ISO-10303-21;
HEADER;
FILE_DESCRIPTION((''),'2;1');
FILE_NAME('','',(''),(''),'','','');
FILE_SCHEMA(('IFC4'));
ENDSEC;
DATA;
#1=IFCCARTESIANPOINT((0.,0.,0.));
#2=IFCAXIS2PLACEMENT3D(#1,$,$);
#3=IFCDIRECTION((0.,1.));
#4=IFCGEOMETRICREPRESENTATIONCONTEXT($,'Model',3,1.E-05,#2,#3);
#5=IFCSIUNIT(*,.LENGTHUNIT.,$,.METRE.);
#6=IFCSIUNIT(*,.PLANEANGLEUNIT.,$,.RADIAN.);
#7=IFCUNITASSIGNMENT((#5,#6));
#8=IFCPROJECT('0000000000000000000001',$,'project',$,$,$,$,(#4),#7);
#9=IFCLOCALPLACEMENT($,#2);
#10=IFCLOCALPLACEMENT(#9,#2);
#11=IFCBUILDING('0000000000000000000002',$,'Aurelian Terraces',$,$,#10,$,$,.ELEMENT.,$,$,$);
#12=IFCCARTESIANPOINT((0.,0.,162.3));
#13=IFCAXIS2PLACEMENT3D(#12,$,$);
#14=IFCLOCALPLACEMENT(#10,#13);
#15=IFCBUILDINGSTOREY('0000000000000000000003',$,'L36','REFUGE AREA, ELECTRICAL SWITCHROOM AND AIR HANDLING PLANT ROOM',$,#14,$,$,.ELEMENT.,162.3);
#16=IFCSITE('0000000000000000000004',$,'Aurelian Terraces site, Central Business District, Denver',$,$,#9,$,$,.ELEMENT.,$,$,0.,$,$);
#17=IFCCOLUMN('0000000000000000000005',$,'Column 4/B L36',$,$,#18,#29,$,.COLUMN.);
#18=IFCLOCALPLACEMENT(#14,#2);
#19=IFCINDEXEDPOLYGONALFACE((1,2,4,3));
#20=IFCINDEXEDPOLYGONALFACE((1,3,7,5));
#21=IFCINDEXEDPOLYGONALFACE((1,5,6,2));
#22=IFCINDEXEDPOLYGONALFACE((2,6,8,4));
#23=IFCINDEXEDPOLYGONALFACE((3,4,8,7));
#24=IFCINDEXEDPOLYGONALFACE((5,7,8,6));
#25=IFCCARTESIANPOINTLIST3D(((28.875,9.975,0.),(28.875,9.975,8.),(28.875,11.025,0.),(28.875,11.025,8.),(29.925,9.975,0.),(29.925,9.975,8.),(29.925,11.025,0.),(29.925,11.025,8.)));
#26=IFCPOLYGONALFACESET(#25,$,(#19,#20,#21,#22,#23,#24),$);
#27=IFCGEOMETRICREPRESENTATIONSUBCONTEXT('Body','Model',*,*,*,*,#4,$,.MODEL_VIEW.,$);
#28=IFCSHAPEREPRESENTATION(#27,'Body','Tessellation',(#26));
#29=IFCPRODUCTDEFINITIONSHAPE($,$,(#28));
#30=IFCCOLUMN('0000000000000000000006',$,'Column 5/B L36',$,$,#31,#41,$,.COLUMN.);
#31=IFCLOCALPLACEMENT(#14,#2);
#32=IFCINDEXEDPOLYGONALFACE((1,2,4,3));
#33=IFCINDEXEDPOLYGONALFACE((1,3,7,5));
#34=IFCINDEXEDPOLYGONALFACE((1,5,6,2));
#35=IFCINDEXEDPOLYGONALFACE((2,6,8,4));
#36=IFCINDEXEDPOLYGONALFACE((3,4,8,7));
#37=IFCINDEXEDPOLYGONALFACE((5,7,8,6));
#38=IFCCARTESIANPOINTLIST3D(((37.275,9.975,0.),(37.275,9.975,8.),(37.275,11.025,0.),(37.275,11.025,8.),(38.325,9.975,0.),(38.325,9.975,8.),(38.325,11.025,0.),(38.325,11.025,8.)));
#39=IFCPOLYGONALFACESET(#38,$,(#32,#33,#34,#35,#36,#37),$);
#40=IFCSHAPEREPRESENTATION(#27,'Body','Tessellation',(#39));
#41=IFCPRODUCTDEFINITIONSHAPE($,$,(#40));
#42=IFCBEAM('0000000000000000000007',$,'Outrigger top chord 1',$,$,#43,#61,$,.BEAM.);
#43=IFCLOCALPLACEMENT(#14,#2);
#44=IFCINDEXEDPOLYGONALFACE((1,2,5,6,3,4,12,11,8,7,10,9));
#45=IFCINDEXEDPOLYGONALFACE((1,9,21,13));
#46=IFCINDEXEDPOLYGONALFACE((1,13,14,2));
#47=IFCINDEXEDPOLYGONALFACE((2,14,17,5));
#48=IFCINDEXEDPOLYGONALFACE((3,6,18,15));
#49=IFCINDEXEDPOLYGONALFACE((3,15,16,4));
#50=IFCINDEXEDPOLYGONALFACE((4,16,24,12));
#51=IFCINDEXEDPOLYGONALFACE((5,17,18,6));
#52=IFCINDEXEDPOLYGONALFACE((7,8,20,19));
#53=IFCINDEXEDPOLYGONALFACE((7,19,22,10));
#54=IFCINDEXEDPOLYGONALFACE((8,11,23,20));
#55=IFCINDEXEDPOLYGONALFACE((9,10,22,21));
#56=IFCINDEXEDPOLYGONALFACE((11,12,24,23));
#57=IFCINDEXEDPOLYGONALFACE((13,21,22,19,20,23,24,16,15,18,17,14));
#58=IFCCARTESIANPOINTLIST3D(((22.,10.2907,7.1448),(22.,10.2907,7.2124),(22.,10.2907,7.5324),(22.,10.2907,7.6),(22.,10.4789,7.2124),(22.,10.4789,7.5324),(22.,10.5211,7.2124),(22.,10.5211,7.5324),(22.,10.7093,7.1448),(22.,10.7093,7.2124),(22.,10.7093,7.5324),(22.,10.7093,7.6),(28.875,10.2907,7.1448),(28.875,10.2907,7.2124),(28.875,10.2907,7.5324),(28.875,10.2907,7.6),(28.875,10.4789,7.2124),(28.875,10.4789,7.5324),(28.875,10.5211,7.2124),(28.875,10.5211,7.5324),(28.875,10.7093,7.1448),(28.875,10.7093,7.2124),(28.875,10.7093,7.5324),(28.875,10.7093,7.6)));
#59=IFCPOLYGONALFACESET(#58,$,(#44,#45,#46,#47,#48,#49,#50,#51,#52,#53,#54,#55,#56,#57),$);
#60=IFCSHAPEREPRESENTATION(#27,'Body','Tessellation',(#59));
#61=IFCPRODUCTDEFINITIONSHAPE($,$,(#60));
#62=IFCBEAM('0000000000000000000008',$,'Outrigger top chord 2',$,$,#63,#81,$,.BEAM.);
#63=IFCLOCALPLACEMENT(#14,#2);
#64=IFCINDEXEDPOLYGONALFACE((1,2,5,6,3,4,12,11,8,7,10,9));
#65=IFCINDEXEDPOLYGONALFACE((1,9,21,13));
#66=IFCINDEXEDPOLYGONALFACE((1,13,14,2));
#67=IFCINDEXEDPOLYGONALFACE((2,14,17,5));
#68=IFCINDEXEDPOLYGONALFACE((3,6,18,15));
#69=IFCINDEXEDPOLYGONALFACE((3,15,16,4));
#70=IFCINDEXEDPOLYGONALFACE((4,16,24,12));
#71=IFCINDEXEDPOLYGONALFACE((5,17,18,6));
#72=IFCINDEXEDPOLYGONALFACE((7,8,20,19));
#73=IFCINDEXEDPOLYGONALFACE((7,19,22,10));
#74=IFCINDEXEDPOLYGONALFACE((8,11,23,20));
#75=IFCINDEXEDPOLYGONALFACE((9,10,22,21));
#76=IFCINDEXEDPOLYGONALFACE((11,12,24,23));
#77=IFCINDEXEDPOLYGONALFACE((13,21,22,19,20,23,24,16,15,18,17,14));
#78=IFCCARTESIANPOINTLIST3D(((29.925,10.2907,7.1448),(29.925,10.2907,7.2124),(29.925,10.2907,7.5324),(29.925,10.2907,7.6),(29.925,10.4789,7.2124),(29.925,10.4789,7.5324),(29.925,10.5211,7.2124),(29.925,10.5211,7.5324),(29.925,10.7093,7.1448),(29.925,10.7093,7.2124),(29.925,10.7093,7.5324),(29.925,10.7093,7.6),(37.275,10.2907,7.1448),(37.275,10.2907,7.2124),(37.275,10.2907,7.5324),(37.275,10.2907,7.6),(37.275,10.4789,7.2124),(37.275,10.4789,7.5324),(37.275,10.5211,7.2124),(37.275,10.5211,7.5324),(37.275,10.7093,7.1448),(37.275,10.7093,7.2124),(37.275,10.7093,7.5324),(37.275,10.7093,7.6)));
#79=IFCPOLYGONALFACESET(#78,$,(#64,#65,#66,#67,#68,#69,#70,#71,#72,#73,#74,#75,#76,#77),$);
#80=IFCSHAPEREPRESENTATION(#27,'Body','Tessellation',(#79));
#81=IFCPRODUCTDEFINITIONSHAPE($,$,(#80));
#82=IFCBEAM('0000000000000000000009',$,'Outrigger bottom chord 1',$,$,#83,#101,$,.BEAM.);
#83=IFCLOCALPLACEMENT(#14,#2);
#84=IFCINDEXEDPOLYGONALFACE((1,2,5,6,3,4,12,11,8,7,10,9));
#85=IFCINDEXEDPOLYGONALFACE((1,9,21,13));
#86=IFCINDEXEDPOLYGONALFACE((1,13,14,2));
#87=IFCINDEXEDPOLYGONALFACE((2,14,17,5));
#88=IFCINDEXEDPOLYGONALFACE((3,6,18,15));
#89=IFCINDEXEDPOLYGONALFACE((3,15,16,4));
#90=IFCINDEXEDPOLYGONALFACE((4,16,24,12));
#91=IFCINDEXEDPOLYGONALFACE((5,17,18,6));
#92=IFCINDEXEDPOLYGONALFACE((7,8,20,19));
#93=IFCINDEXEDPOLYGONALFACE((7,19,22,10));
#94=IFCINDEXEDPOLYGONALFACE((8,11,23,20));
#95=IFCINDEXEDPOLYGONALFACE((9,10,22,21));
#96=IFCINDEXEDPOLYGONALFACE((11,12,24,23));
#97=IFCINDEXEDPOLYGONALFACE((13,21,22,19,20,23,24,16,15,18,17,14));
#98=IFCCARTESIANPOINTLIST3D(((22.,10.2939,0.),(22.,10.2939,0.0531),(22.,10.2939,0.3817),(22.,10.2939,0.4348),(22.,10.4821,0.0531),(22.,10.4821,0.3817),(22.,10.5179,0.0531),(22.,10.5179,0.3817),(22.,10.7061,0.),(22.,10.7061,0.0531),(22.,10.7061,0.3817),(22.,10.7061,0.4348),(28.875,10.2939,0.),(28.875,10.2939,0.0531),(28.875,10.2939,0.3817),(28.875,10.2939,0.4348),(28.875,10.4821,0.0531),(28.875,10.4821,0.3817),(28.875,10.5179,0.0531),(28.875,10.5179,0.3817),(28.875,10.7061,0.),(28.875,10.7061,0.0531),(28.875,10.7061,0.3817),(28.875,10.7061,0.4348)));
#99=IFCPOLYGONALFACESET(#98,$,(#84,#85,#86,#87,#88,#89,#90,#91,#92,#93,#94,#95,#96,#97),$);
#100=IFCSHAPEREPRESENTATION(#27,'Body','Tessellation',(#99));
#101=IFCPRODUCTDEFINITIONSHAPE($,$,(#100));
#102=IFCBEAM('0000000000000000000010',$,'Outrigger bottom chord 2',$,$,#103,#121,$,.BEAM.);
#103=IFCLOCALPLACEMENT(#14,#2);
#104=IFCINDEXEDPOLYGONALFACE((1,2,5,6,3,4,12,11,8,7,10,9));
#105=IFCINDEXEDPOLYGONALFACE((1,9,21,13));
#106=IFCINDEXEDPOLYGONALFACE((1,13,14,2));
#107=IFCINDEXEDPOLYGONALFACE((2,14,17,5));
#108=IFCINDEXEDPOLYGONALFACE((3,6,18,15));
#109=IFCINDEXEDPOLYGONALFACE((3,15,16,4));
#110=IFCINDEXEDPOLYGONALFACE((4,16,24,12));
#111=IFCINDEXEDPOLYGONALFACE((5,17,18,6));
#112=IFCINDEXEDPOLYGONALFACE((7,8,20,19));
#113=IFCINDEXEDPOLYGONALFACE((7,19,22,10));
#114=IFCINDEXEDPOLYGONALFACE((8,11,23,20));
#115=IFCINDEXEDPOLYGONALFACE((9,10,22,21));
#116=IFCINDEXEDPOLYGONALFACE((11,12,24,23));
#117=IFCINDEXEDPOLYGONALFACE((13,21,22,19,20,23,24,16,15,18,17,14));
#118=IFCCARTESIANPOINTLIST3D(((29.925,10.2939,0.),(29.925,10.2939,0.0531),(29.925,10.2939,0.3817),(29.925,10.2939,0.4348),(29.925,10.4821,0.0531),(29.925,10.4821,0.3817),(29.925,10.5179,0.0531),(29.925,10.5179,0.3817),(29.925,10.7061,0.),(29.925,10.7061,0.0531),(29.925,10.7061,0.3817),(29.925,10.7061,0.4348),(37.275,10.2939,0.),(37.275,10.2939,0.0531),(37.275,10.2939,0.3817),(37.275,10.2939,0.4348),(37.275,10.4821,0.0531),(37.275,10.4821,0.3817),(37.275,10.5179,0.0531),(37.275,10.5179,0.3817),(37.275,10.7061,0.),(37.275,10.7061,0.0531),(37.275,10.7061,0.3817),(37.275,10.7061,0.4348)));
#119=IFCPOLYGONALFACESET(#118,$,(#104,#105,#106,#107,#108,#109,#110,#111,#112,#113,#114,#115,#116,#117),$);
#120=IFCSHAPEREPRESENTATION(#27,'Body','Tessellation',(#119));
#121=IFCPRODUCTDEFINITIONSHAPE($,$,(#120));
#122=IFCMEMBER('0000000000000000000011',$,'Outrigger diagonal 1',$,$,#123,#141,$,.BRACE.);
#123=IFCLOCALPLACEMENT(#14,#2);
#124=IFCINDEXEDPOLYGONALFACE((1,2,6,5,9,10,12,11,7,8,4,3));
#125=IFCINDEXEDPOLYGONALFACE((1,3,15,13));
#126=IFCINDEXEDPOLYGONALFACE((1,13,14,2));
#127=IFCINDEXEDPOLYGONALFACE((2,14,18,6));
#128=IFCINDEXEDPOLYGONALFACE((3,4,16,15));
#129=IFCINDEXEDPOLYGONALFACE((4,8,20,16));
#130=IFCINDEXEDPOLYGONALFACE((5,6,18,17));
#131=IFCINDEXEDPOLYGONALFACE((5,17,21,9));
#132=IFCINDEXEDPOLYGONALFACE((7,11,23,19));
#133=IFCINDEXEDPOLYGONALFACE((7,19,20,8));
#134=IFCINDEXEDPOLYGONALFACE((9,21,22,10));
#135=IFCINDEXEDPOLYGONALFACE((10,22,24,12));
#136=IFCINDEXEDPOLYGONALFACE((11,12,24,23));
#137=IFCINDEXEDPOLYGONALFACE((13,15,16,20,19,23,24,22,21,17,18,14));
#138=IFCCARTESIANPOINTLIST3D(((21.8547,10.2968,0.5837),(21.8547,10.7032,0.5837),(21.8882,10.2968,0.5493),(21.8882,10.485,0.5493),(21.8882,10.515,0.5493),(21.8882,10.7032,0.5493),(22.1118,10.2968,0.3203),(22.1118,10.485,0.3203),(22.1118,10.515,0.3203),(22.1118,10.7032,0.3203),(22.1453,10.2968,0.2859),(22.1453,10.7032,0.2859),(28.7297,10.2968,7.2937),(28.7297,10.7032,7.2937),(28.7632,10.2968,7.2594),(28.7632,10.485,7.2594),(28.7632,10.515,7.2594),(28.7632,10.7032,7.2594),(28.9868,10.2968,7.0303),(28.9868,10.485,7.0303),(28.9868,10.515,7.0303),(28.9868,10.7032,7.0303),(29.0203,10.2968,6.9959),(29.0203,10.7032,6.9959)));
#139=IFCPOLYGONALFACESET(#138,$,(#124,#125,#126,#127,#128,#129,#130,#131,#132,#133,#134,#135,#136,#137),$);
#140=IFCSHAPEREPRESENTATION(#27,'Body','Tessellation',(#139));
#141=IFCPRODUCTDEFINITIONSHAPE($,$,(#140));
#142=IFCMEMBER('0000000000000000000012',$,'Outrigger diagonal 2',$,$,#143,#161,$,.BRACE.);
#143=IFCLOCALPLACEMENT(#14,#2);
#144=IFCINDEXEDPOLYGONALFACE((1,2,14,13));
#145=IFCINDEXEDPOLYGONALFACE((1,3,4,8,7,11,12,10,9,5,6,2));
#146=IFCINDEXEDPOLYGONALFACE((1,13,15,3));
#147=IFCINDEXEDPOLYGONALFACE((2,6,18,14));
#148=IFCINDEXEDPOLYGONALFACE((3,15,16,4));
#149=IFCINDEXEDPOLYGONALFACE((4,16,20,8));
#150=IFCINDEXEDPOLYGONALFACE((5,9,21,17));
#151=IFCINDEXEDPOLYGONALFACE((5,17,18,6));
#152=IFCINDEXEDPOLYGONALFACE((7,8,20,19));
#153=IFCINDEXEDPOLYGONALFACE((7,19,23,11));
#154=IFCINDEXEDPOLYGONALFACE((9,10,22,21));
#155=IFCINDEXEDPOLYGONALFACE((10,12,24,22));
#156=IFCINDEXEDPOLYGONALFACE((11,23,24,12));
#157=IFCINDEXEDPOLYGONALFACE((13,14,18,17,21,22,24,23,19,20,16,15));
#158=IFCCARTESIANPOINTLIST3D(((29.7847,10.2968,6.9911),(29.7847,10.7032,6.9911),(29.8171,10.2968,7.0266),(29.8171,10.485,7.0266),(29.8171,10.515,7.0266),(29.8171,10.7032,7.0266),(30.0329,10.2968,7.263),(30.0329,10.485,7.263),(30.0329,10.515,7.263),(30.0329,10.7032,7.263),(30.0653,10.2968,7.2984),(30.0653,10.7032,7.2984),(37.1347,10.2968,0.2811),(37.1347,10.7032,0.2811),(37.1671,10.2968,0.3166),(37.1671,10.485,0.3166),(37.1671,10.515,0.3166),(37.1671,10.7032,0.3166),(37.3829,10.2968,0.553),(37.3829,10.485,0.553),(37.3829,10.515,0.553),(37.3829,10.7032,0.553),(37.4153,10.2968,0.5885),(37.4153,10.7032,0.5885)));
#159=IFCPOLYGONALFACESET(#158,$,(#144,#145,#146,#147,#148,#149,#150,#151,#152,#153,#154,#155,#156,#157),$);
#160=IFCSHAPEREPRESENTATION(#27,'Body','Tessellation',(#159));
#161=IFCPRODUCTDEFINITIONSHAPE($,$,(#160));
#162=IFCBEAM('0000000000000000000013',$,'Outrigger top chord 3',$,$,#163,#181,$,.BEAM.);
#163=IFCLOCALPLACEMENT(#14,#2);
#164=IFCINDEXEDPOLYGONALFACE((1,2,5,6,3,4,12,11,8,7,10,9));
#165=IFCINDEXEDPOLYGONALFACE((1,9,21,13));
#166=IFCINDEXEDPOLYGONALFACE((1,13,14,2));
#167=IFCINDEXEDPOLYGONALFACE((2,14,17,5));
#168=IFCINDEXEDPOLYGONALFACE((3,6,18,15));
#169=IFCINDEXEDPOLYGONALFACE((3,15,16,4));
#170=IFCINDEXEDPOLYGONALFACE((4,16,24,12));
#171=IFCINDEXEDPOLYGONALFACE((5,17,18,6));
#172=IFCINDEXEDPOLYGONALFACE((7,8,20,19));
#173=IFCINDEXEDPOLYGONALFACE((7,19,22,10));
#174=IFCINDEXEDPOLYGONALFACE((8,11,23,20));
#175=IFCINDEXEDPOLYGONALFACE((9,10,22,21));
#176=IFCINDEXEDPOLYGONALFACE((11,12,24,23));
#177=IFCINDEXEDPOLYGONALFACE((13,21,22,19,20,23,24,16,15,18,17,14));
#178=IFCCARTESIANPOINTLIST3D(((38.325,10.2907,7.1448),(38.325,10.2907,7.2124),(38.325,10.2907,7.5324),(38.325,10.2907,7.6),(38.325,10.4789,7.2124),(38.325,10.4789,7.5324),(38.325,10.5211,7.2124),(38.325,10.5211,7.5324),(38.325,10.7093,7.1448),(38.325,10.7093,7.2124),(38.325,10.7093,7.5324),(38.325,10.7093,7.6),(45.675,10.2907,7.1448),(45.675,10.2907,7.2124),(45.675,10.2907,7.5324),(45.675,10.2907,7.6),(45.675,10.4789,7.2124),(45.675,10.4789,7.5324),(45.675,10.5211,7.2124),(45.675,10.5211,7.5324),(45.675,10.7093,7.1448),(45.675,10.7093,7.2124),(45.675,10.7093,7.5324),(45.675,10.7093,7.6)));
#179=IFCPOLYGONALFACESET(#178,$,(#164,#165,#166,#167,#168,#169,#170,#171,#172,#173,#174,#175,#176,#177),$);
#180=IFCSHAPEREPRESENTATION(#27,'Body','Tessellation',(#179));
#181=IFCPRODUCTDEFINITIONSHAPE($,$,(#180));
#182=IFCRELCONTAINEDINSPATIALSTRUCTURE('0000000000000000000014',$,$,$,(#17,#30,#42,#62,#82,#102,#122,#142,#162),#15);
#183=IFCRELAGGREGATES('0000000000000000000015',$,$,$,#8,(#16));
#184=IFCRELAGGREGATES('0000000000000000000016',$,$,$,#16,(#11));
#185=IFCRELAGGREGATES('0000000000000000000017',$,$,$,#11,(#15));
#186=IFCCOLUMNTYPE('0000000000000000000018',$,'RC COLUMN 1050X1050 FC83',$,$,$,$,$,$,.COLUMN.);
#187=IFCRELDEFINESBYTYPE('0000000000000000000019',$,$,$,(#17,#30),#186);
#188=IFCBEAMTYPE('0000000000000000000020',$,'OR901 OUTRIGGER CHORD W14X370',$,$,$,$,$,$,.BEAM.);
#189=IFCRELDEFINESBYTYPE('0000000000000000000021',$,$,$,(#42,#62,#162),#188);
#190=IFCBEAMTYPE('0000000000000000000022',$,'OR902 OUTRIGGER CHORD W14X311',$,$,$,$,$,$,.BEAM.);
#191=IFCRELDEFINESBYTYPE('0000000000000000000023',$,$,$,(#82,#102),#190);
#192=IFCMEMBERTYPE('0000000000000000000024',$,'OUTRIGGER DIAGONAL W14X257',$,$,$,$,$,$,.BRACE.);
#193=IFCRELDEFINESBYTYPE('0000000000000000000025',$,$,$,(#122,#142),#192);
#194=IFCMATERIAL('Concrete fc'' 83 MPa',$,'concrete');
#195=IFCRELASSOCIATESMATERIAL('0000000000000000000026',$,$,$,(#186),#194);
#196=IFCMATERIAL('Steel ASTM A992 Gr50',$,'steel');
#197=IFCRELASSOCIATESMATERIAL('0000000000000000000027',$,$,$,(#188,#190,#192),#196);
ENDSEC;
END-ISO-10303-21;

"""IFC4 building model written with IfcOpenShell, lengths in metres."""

from ifc_helpers import new_model, si_unit, direction, frame, origin, origin_2d, place, context, subcontext, project, spatial, rectangle, i_section, extrude, source, transform, mapped, material, material_profile, profile_set, type_object, element, save


model = new_model("IFC4")

# Units and contexts
model_context = context("Model", 3, precision=1e-05, world=origin(), true_north=direction((0.0, 1.0)))
body_context = subcontext(model_context, "Body", "Model", "MODEL_VIEW")
ifc_project = project(units=[si_unit("LENGTHUNIT", "METRE"), si_unit("PLANEANGLEUNIT", "RADIAN")], contexts=[model_context])

# Site, building, storey
site_placement = place(None, origin())
site = spatial("IfcSite", under=ifc_project, at=site_placement, Name="Aurelian Terraces site, Central Business District, Denver", CompositionType="ELEMENT", RefElevation=0.0)
building_placement = place(site_placement, origin())
building = spatial("IfcBuilding", under=site, at=building_placement, Name="Aurelian Terraces", CompositionType="ELEMENT")
storey_placement = place(building_placement, frame((0.0, 0.0, 162.3)))
storey = spatial("IfcBuildingStorey", under=building, at=storey_placement, Name="L36", Description="REFUGE AREA, ELECTRICAL SWITCHROOM AND AIR HANDLING PLANT ROOM", CompositionType="ELEMENT", Elevation=162.3)

# Columns
ifc_material_1 = material(Name="Concrete fc' 83 MPa", Category="concrete")
ifc_material_profile_1 = material_profile(ifc_material_1, rectangle(XDim=1.05, YDim=1.05, at=origin_2d()))
ifc_profile_set_1 = profile_set([ifc_material_profile_1], Name="Concrete fc' 83 MPa")
column_type = type_object("IfcColumnType", Name="RC COLUMN 1050X1050 FC83", PredefinedType="COLUMN", material=ifc_profile_set_1)
shared_shape_1 = source(origin(), body_context, "Body", "SweptSolid", [
    extrude(rectangle(XDim=1.05, YDim=1.05, at=origin_2d()), origin(), (0.0, 0.0, 1.0), 8.0),
])
for number, where, z_axis, x_axis, name in (
    (1, (29.4, 10.5, 0.0), (0.0, 0.0, 1.0), (1.0, 0.0, 0.0), "Column 4/B L36"),
    (2, (37.8, 10.5, 0.0), (0.0, 0.0, 1.0), (1.0, 0.0, 0.0), "Column 5/B L36"),
):
    element("IfcColumn", number, at=place(storey_placement, frame(where, z_axis=z_axis, x_axis=x_axis)), inside=storey, type_object=column_type, Name=name, PredefinedType="COLUMN", context=body_context, shape_type="MappedRepresentation", body=[
        mapped(shared_shape_1, transform((0.0, 0.0, 0.0), scale=1.0)),
    ])

# Beams
ifc_material_2 = material(Name="Steel ASTM A992 Gr50", Category="steel")
ifc_material_profile_2 = material_profile(ifc_material_2, i_section(OverallWidth=0.4185, OverallDepth=0.4552, WebThickness=0.0422, FlangeThickness=0.0676, at=origin_2d()))
ifc_profile_set_2 = profile_set([ifc_material_profile_2], Name="Steel ASTM A992 Gr50")
beam_type_1 = type_object("IfcBeamType", Name="OR901 OUTRIGGER CHORD W14X370", PredefinedType="BEAM", material=ifc_profile_set_2)
beam_1_placement = place(storey_placement, frame((22.0, 10.5, 7.3724), z_axis=(1.0, 0.0, 0.0), x_axis=(0.0, 1.0, 0.0)))
element("IfcBeam", 3, at=beam_1_placement, inside=storey, type_object=beam_type_1, Name="Outrigger top chord 1", PredefinedType="BEAM", context=body_context, shape_type="SweptSolid", body=[
    extrude(i_section(OverallWidth=0.4185, OverallDepth=0.4552, WebThickness=0.0422, FlangeThickness=0.0676, at=origin_2d()), origin(), (0.0, 0.0, 1.0), 6.875),
])
beam_2_placement = place(storey_placement, frame((29.925, 10.5, 7.3724), z_axis=(1.0, 0.0, 0.0), x_axis=(0.0, 1.0, 0.0)))
element("IfcBeam", 4, at=beam_2_placement, inside=storey, type_object=beam_type_1, Name="Outrigger top chord 2", PredefinedType="BEAM", context=body_context, shape_type="SweptSolid", body=[
    extrude(i_section(OverallWidth=0.4185, OverallDepth=0.4552, WebThickness=0.0422, FlangeThickness=0.0676, at=origin_2d()), origin(), (0.0, 0.0, 1.0), 7.35),
])
ifc_material_profile_3 = material_profile(ifc_material_2, i_section(OverallWidth=0.4122, OverallDepth=0.4348, WebThickness=0.0358, FlangeThickness=0.0531, at=origin_2d()))
ifc_profile_set_3 = profile_set([ifc_material_profile_3], Name="Steel ASTM A992 Gr50")
beam_type_2 = type_object("IfcBeamType", Name="OR902 OUTRIGGER CHORD W14X311", PredefinedType="BEAM", material=ifc_profile_set_3)
beam_3_placement = place(storey_placement, frame((22.0, 10.5, 0.2174), z_axis=(1.0, 0.0, 0.0), x_axis=(0.0, 1.0, 0.0)))
element("IfcBeam", 5, at=beam_3_placement, inside=storey, type_object=beam_type_2, Name="Outrigger bottom chord 1", PredefinedType="BEAM", context=body_context, shape_type="SweptSolid", body=[
    extrude(i_section(OverallWidth=0.4122, OverallDepth=0.4348, WebThickness=0.0358, FlangeThickness=0.0531, at=origin_2d()), origin(), (0.0, 0.0, 1.0), 6.875),
])
beam_4_placement = place(storey_placement, frame((29.925, 10.5, 0.2174), z_axis=(1.0, 0.0, 0.0), x_axis=(0.0, 1.0, 0.0)))
element("IfcBeam", 6, at=beam_4_placement, inside=storey, type_object=beam_type_2, Name="Outrigger bottom chord 2", PredefinedType="BEAM", context=body_context, shape_type="SweptSolid", body=[
    extrude(i_section(OverallWidth=0.4122, OverallDepth=0.4348, WebThickness=0.0358, FlangeThickness=0.0531, at=origin_2d()), origin(), (0.0, 0.0, 1.0), 7.35),
])

# Members
ifc_material_profile_4 = material_profile(ifc_material_2, i_section(OverallWidth=0.4063, OverallDepth=0.4161, WebThickness=0.03, FlangeThickness=0.048, at=origin_2d()))
ifc_profile_set_4 = profile_set([ifc_material_profile_4], Name="Steel ASTM A992 Gr50")
member_type = type_object("IfcMemberType", Name="OUTRIGGER DIAGONAL W14X257", PredefinedType="BRACE", material=ifc_profile_set_4)
member_1_placement = place(storey_placement, frame((22.0, 10.5, 0.4348), z_axis=(0.715642, 0.0, 0.698467), x_axis=(0.0, 1.0, 0.0)))
element("IfcMember", 7, at=member_1_placement, inside=storey, type_object=member_type, Name="Outrigger diagonal 1", PredefinedType="BRACE", context=body_context, shape_type="SweptSolid", body=[
    extrude(i_section(OverallWidth=0.4063, OverallDepth=0.4161, WebThickness=0.03, FlangeThickness=0.048, at=origin_2d()), origin(), (0.0, 0.0, 1.0), 9.6068),
])
member_2_placement = place(storey_placement, frame((37.275, 10.5, 0.4348), z_axis=(-0.738529, 0.0, 0.674222), x_axis=(0.0, -1.0, 0.0)))
element("IfcMember", 8, at=member_2_placement, inside=storey, type_object=member_type, Name="Outrigger diagonal 2", PredefinedType="BRACE", context=body_context, shape_type="SweptSolid", body=[
    extrude(i_section(OverallWidth=0.4063, OverallDepth=0.4161, WebThickness=0.03, FlangeThickness=0.048, at=origin_2d()), origin(), (0.0, 0.0, 1.0), 9.9522),
])

# Beam
shared_shape_2 = source(origin(), body_context, "Body", "SweptSolid", [
    extrude(i_section(OverallWidth=0.4185, OverallDepth=0.4552, WebThickness=0.0422, FlangeThickness=0.0676, at=origin_2d()), origin(), (0.0, 0.0, 1.0), 7.35),
])
beam_5_placement = place(storey_placement, frame((38.325, 10.5, 7.3724), z_axis=(1.0, 0.0, 0.0), x_axis=(0.0, 1.0, 0.0)))
element("IfcBeam", 9, at=beam_5_placement, inside=storey, type_object=beam_type_1, Name="Outrigger top chord 3", PredefinedType="BEAM", context=body_context, shape_type="MappedRepresentation", body=[
    mapped(shared_shape_2, transform((0.0, 0.0, 0.0), scale=1.0)),
])

save(model, "model.ifc")
